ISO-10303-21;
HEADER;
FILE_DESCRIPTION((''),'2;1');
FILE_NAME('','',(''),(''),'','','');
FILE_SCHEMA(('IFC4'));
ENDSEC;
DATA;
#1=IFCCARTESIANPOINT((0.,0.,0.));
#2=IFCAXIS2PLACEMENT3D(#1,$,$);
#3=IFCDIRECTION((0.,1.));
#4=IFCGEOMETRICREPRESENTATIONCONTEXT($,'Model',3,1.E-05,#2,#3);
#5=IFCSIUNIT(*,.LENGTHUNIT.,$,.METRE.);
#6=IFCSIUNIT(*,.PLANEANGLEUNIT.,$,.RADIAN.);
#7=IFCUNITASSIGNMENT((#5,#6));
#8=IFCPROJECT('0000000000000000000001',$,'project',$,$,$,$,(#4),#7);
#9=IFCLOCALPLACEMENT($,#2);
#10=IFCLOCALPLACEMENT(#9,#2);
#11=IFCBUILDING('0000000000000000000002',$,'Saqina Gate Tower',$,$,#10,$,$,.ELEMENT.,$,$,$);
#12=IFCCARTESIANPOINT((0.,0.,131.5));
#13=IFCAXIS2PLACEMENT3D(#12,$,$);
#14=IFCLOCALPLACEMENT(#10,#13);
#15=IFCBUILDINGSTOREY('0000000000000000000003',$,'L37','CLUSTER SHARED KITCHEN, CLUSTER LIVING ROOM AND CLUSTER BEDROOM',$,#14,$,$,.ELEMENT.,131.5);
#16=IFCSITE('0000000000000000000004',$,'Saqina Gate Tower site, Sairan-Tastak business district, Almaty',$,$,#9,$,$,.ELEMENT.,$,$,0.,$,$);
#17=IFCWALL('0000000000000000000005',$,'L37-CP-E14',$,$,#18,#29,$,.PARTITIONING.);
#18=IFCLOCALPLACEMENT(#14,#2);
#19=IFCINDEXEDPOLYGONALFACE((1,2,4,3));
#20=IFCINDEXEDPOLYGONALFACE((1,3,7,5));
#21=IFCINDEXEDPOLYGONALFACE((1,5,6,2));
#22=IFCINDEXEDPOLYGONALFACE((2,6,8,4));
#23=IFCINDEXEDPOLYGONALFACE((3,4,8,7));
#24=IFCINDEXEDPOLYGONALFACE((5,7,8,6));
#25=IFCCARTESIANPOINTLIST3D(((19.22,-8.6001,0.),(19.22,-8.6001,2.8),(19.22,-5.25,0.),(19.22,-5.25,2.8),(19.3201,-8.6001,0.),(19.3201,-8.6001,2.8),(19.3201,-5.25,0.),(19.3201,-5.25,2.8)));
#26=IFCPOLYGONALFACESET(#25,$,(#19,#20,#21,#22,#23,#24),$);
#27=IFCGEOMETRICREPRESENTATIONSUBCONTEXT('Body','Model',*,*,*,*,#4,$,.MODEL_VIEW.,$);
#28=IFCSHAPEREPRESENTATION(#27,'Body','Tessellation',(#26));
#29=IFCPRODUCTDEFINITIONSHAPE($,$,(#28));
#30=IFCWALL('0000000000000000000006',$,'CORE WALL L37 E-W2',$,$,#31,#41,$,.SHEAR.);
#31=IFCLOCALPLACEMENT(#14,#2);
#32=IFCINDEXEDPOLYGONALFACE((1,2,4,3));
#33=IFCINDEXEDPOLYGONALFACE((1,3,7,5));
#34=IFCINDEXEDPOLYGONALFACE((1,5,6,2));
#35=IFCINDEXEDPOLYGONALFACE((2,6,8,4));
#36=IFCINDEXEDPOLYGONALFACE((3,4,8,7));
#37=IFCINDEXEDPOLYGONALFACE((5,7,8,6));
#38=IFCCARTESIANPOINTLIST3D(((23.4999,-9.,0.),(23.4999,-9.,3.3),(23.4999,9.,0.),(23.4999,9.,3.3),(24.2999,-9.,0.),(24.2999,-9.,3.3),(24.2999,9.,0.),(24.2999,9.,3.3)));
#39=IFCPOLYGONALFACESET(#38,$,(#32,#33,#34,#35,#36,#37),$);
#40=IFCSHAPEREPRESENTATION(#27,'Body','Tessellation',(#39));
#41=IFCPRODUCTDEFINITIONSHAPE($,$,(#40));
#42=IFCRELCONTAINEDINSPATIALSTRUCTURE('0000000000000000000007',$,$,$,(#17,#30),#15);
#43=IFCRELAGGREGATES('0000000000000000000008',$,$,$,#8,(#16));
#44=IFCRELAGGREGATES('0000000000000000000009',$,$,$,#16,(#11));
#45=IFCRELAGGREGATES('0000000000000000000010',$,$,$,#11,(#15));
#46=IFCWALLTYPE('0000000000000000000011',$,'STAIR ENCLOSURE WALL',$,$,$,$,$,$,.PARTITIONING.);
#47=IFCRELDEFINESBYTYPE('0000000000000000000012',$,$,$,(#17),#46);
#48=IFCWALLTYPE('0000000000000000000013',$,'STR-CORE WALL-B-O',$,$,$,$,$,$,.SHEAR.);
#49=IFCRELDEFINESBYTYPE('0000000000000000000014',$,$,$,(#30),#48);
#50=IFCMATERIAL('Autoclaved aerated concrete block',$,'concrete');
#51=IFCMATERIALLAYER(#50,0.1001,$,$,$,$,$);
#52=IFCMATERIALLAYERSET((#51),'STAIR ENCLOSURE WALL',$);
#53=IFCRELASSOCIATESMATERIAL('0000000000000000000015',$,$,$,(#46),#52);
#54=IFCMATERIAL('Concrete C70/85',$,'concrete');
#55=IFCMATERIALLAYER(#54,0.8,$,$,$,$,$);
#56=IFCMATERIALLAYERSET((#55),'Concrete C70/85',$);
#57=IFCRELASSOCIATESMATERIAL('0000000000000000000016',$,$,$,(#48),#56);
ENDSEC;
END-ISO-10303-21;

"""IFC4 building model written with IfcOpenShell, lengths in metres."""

from ifc_helpers import new_model, si_unit, direction, frame, frame_2d, origin, place, context, subcontext, project, spatial, rectangle, extrude, material, layer, layer_set, type_object, element, save


model = new_model("IFC4")

# Units and contexts
model_context = context("Model", 3, precision=1e-05, world=origin(), true_north=direction((0.0, 1.0)))
body_context = subcontext(model_context, "Body", "Model", "MODEL_VIEW")
ifc_project = project(units=[si_unit("LENGTHUNIT", "METRE"), si_unit("PLANEANGLEUNIT", "RADIAN")], contexts=[model_context])

# Site, building, storey
site_placement = place(None, origin())
site = spatial("IfcSite", under=ifc_project, at=site_placement, Name="Saqina Gate Tower site, Sairan-Tastak business district, Almaty", CompositionType="ELEMENT", RefElevation=0.0)
building_placement = place(site_placement, origin())
building = spatial("IfcBuilding", under=site, at=building_placement, Name="Saqina Gate Tower", CompositionType="ELEMENT")
storey_placement = place(building_placement, frame((0.0, 0.0, 131.5)))
storey = spatial("IfcBuildingStorey", under=building, at=storey_placement, Name="L37", Description="CLUSTER SHARED KITCHEN, CLUSTER LIVING ROOM AND CLUSTER BEDROOM", CompositionType="ELEMENT", Elevation=131.5)

# Walls
ifc_material_1 = material(Name="Autoclaved aerated concrete block", Category="concrete")
ifc_layer_1 = layer(ifc_material_1, 0.1001)
ifc_layer_set_1 = layer_set([ifc_layer_1], Name="STAIR ENCLOSURE WALL")
wall_type_1 = type_object("IfcWallType", Name="STAIR ENCLOSURE WALL", PredefinedType="PARTITIONING", material=ifc_layer_set_1)
wall_1_placement = place(storey_placement, frame((19.27, -8.6001, 0.0), z_axis=(0.0, 0.0, 1.0), x_axis=(0.0, 1.0, 0.0)))
element("IfcWall", 1, at=wall_1_placement, inside=storey, type_object=wall_type_1, Name="L37-CP-E14", PredefinedType="PARTITIONING", context=body_context, shape_type="SweptSolid", body=[
    extrude(rectangle(XDim=3.3501, YDim=0.1001, at=frame_2d((1.675, 0.0))), origin(), (0.0, 0.0, 1.0), 2.8),
])
ifc_material_2 = material(Name="Concrete C70/85", Category="concrete")
ifc_layer_2 = layer(ifc_material_2, 0.8)
ifc_layer_set_2 = layer_set([ifc_layer_2], Name="Concrete C70/85")
wall_type_2 = type_object("IfcWallType", Name="STR-CORE WALL-B-O", PredefinedType="SHEAR", material=ifc_layer_set_2)
wall_2_placement = place(storey_placement, frame((23.8999, -9.0, 0.0), z_axis=(0.0, 0.0, 1.0), x_axis=(0.0, 1.0, 0.0)))
element("IfcWall", 2, at=wall_2_placement, inside=storey, type_object=wall_type_2, Name="CORE WALL L37 E-W2", PredefinedType="SHEAR", context=body_context, shape_type="SweptSolid", body=[
    extrude(rectangle(XDim=18.0, YDim=0.8, at=frame_2d((9.0, 0.0))), origin(), (0.0, 0.0, 1.0), 3.3),
])

save(model, "model.ifc")
